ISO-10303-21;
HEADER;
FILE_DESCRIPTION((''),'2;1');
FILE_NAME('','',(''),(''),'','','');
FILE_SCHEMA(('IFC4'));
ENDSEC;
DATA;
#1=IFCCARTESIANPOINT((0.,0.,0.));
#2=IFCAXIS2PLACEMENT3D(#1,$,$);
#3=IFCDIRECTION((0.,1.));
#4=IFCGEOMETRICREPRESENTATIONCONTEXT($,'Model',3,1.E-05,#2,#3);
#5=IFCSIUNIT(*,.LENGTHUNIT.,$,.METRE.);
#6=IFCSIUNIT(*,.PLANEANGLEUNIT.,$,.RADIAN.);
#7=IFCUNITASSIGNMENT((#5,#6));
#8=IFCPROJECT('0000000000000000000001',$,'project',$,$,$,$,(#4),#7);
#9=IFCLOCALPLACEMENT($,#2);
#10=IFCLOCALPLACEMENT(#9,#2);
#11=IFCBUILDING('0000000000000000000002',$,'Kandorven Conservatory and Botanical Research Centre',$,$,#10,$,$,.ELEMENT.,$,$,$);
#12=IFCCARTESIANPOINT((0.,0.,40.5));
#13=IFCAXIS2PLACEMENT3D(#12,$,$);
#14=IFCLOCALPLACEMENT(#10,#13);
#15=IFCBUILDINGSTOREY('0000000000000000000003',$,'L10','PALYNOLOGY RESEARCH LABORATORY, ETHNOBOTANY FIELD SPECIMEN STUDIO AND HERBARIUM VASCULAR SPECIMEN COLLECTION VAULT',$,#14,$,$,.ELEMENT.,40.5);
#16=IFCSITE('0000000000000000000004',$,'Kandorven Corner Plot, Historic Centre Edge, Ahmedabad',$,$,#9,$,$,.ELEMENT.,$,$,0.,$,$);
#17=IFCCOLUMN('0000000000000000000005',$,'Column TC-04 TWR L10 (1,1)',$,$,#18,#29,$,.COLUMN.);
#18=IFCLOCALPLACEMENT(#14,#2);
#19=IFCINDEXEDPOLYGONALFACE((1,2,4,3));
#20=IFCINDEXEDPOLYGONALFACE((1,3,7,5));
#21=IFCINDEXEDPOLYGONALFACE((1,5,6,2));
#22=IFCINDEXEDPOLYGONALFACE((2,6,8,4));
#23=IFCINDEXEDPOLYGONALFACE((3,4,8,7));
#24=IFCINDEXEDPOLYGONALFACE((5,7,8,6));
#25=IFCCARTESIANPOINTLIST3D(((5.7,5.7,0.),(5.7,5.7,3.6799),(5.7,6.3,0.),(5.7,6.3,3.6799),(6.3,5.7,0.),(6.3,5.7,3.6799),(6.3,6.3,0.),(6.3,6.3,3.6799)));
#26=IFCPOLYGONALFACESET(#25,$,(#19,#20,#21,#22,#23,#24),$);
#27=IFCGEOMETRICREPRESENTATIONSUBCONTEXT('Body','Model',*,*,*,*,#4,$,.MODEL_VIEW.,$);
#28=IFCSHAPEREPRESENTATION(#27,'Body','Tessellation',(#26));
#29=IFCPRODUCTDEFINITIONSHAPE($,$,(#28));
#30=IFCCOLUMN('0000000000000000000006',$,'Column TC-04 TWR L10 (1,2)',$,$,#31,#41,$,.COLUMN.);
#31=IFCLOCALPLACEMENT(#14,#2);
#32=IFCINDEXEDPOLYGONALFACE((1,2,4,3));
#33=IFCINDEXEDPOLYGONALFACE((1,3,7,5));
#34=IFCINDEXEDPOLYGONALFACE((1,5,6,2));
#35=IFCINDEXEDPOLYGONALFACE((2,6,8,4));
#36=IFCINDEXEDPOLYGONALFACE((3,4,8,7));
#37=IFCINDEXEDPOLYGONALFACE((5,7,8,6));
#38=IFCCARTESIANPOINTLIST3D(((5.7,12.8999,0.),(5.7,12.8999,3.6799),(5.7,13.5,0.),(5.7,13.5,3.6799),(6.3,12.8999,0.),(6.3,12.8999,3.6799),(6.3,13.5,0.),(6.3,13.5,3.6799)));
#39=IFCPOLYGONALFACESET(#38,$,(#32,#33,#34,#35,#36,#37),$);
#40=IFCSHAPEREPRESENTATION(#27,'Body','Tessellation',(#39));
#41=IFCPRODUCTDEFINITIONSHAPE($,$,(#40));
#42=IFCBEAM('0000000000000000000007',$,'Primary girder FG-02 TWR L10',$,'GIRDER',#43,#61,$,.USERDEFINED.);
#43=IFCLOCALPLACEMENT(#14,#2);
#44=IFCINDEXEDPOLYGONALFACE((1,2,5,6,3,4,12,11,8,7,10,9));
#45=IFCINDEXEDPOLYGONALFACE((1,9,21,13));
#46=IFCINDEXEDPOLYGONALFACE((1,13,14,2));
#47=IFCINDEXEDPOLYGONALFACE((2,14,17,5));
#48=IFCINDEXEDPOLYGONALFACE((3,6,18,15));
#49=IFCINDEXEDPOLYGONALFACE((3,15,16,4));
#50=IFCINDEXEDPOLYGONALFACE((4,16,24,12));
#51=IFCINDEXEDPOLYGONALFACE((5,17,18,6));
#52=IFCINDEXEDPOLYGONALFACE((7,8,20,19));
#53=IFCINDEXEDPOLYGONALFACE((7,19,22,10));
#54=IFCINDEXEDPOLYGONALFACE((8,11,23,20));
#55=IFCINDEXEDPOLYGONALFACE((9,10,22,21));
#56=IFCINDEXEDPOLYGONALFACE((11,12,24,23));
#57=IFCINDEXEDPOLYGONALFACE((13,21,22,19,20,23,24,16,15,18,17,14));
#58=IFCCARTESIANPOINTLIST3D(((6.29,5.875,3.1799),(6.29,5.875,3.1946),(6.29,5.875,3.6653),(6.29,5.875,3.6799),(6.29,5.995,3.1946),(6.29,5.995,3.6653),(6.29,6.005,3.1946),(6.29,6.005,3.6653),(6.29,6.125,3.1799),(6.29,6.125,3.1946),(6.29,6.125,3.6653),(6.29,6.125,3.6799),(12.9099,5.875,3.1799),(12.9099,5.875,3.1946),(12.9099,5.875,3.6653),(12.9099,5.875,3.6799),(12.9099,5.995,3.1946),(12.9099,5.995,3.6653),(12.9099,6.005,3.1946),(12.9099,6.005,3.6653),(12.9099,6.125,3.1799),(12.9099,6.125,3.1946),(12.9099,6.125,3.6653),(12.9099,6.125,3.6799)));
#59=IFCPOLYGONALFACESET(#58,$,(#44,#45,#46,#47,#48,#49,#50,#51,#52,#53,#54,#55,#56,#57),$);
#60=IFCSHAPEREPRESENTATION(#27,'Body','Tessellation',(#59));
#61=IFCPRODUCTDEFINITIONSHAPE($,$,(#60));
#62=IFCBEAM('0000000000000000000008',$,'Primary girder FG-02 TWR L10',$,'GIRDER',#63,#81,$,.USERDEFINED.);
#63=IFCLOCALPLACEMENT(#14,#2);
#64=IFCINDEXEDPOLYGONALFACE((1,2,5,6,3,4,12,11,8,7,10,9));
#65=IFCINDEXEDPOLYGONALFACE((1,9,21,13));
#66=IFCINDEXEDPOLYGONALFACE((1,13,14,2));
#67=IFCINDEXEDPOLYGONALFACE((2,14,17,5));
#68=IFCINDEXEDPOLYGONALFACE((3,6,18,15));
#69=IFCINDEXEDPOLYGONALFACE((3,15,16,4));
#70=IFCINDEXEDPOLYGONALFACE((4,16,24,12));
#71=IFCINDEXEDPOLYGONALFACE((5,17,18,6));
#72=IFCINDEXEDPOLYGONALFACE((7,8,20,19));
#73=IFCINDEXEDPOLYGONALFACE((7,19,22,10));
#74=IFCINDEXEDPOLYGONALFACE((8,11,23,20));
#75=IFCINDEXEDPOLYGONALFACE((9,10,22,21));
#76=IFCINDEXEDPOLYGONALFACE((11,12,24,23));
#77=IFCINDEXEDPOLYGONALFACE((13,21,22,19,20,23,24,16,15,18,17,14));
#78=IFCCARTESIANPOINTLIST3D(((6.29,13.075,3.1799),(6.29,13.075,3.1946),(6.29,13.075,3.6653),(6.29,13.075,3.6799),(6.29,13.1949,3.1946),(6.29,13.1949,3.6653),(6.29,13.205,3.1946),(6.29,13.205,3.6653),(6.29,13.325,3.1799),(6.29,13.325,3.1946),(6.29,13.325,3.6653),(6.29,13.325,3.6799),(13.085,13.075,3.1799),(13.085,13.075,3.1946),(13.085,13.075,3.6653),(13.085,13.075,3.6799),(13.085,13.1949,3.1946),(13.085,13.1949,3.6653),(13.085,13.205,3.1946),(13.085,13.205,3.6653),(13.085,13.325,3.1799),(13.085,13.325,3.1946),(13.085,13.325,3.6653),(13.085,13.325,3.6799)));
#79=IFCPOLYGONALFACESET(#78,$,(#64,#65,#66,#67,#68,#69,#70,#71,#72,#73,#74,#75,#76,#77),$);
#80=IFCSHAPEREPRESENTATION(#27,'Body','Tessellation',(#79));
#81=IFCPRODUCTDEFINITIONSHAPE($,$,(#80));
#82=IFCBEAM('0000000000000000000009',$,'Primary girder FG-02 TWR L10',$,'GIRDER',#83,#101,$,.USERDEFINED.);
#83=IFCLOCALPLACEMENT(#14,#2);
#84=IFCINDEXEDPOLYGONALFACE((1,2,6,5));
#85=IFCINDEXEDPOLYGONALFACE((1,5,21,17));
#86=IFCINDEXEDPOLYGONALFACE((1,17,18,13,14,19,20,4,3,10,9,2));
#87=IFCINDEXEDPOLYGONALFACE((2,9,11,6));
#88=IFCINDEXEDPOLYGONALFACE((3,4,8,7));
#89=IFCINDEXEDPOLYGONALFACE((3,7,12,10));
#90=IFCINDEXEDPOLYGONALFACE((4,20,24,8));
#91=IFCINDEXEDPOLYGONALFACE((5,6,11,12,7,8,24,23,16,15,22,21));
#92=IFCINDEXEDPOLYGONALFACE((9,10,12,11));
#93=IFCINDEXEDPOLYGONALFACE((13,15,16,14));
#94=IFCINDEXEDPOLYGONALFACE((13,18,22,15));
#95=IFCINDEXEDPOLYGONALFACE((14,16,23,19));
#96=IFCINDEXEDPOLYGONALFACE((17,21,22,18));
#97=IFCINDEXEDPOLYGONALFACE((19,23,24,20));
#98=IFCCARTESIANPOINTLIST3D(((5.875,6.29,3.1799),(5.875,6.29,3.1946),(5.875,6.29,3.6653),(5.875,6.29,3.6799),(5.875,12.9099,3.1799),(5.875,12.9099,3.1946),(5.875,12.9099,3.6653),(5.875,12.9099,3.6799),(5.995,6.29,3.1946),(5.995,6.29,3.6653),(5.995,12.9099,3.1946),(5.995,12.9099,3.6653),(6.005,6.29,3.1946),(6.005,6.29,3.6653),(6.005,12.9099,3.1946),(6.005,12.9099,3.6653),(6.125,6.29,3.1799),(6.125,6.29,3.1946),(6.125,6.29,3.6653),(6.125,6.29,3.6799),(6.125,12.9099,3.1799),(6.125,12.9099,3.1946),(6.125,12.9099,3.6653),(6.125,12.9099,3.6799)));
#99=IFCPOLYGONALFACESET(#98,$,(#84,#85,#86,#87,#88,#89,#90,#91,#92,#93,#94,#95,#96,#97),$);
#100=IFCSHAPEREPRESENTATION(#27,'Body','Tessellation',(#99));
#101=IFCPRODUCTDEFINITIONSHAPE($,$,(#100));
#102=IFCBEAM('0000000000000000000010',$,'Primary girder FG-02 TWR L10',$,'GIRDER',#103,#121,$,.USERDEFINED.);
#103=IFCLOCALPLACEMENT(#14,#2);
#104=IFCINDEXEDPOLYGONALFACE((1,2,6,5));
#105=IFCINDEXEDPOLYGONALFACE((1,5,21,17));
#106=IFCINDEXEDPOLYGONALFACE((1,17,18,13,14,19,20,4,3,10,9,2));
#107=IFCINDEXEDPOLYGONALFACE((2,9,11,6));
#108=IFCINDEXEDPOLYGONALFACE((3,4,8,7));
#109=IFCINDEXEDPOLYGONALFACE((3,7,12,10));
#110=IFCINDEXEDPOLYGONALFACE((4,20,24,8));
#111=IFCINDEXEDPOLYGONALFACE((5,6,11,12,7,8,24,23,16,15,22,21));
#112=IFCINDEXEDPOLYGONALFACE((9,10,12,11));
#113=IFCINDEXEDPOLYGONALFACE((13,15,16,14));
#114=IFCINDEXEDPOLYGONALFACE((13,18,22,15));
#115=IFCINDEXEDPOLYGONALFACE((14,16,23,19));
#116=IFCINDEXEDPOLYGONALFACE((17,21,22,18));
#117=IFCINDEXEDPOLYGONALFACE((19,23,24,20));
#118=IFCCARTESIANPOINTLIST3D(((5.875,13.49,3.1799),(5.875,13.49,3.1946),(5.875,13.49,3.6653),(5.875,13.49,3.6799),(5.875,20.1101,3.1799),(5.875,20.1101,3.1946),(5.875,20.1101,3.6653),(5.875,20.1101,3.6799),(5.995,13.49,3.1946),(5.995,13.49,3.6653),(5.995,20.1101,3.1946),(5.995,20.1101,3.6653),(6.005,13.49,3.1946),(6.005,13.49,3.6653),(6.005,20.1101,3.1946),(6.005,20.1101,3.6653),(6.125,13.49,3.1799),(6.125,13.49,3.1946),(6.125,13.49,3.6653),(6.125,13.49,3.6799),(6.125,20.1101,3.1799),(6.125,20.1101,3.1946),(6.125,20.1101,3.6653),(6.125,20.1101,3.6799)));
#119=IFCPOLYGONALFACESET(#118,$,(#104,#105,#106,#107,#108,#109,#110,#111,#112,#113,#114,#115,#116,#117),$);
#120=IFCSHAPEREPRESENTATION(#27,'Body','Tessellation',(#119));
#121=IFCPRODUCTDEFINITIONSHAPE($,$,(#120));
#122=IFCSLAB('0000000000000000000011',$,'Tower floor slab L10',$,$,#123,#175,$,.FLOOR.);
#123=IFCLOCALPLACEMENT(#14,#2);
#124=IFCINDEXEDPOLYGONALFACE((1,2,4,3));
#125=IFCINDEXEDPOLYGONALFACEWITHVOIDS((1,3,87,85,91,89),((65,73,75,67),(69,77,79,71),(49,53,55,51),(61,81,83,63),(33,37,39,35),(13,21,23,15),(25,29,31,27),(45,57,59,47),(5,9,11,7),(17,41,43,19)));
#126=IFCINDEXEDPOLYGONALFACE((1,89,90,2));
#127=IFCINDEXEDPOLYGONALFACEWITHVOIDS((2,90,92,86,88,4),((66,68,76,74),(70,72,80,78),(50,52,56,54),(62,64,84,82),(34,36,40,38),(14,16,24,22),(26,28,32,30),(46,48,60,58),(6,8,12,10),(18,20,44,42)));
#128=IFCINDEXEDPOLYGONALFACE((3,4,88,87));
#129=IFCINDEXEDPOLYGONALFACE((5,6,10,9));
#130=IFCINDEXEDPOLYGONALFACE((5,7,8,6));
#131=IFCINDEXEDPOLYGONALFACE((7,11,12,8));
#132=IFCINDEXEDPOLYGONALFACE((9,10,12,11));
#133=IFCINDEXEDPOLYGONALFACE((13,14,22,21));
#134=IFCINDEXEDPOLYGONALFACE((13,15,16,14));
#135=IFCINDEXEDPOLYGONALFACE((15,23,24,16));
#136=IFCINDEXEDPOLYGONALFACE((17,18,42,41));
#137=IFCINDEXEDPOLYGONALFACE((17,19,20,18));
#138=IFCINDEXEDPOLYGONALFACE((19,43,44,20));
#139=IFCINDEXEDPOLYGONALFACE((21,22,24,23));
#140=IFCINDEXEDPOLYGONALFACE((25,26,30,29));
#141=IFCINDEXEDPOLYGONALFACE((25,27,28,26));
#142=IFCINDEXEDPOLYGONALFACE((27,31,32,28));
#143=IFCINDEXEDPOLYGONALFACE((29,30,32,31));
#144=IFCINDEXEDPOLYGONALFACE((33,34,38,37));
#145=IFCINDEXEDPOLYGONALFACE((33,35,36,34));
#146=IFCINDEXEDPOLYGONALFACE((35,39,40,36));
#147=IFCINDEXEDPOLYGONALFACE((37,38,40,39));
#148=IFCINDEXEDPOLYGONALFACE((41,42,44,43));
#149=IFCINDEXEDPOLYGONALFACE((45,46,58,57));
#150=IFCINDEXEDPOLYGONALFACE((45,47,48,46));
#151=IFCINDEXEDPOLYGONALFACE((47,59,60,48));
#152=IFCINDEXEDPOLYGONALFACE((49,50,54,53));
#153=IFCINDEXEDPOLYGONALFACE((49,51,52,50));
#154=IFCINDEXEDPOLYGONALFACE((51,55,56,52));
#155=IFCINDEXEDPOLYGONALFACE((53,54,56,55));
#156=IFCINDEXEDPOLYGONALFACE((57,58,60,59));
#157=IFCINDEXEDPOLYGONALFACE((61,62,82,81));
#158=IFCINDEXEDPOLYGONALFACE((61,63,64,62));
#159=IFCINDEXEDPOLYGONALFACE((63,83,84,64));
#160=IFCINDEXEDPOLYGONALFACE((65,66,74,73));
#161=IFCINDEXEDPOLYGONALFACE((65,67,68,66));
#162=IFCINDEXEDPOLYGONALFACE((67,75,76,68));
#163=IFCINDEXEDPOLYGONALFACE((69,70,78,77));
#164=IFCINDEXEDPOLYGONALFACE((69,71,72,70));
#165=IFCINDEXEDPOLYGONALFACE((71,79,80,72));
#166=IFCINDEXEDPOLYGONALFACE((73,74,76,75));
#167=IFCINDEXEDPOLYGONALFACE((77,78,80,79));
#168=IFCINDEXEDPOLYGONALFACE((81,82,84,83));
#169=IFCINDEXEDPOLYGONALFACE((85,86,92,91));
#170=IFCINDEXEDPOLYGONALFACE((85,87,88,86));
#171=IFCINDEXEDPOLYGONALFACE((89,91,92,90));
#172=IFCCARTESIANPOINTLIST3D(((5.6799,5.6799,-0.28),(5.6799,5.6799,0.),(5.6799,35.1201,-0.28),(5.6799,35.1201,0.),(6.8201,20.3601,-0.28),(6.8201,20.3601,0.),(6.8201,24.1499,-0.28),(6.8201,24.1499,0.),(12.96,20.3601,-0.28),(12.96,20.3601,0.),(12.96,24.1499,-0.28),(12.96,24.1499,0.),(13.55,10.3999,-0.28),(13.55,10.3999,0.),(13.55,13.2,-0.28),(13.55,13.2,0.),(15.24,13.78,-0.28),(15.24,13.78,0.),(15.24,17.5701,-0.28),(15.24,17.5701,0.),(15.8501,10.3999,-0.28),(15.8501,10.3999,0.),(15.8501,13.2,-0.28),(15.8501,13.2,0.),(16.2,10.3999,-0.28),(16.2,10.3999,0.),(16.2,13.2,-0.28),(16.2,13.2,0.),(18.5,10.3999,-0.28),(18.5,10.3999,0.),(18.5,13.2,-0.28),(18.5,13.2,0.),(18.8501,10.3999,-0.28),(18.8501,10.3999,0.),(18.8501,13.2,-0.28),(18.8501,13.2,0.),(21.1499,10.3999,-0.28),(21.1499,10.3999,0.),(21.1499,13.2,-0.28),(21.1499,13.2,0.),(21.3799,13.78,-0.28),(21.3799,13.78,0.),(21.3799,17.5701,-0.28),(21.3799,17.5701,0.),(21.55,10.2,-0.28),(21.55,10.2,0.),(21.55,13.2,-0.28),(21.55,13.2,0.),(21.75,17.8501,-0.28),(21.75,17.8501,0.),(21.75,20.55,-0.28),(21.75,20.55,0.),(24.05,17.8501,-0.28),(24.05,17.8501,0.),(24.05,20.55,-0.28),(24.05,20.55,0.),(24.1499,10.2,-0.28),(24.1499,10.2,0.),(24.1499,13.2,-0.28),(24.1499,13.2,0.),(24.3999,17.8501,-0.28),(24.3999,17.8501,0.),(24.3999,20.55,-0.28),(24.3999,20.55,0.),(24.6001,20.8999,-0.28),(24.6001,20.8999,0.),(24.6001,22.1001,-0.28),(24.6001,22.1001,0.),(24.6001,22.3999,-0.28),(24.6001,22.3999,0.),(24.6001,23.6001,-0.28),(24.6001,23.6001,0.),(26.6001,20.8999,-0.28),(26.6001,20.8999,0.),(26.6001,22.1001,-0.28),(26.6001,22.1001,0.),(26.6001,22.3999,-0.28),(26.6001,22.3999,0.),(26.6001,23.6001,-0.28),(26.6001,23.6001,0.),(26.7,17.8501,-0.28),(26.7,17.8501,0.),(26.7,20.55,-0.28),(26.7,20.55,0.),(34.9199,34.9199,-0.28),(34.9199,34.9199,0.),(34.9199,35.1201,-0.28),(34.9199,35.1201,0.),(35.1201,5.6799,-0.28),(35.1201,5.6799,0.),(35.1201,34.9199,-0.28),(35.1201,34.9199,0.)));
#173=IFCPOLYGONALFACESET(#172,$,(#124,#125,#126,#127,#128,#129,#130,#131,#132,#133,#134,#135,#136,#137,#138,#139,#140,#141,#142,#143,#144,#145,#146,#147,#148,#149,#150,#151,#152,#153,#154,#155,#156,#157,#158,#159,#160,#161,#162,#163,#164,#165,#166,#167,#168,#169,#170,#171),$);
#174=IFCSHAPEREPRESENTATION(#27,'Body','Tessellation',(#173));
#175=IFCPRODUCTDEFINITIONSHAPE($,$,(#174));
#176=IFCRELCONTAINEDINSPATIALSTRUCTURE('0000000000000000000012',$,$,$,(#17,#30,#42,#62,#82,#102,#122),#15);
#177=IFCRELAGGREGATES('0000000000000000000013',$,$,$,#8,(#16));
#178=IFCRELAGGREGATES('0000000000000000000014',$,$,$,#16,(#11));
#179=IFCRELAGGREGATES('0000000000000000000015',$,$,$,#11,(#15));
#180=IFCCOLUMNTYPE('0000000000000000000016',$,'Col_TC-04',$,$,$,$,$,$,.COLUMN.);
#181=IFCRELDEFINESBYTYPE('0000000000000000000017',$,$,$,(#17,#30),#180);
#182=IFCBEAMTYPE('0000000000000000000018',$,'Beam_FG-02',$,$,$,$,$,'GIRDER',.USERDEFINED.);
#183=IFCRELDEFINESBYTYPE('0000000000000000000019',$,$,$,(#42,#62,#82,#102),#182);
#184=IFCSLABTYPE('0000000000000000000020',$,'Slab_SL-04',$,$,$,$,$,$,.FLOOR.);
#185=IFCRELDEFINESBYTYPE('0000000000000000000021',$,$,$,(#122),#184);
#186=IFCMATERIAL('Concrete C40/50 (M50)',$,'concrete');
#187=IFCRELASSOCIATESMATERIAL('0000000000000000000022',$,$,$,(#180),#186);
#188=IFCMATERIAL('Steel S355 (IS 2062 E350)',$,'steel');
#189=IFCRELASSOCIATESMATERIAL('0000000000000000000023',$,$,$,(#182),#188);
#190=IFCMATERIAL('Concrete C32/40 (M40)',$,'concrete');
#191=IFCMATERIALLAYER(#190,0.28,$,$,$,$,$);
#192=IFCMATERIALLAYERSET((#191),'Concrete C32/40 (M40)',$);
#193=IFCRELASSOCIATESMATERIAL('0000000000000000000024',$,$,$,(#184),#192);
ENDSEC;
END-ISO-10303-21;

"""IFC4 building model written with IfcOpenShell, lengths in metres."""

from ifc_helpers import new_model, si_unit, direction, frame, origin, origin_2d, place, context, subcontext, project, spatial, polyline, rectangle, i_section, outline, extrude, material, layer, layer_set, material_profile, profile_set, type_object, element, save


model = new_model("IFC4")

# Units and contexts
model_context = context("Model", 3, precision=1e-05, world=origin(), true_north=direction((0.0, 1.0)))
body_context = subcontext(model_context, "Body", "Model", "MODEL_VIEW")
ifc_project = project(units=[si_unit("LENGTHUNIT", "METRE"), si_unit("PLANEANGLEUNIT", "RADIAN")], contexts=[model_context])

# Site, building, storey
site_placement = place(None, origin())
site = spatial("IfcSite", under=ifc_project, at=site_placement, Name="Kandorven Corner Plot, Historic Centre Edge, Ahmedabad", CompositionType="ELEMENT", RefElevation=0.0)
building_placement = place(site_placement, origin())
building = spatial("IfcBuilding", under=site, at=building_placement, Name="Kandorven Conservatory and Botanical Research Centre", CompositionType="ELEMENT")
storey_placement = place(building_placement, frame((0.0, 0.0, 40.5)))
storey = spatial("IfcBuildingStorey", under=building, at=storey_placement, Name="L10", Description="PALYNOLOGY RESEARCH LABORATORY, ETHNOBOTANY FIELD SPECIMEN STUDIO AND HERBARIUM VASCULAR SPECIMEN COLLECTION VAULT", CompositionType="ELEMENT", Elevation=40.5)

# Columns
ifc_material_1 = material(Name="Concrete C40/50 (M50)", Category="concrete")
ifc_material_profile_1 = material_profile(ifc_material_1, rectangle(XDim=0.6001, YDim=0.6001, at=origin_2d()))
ifc_profile_set_1 = profile_set([ifc_material_profile_1], Name="Concrete C40/50 (M50)")
column_type = type_object("IfcColumnType", Name="Col_TC-04", PredefinedType="COLUMN", material=ifc_profile_set_1)
for number, where, z_axis, x_axis, name in (
    (1, (6.0, 6.0, 0.0), (0.0, 0.0, 1.0), (1.0, 0.0, 0.0), "Column TC-04 TWR L10 (1,1)"),
    (2, (6.0, 13.2, 0.0), (0.0, 0.0, 1.0), (1.0, 0.0, 0.0), "Column TC-04 TWR L10 (1,2)"),
):
    element("IfcColumn", number, at=place(storey_placement, frame(where, z_axis=z_axis, x_axis=x_axis)), inside=storey, type_object=column_type, Name=name, PredefinedType="COLUMN", context=body_context, shape_type="SweptSolid", body=[
        extrude(rectangle(XDim=0.6001, YDim=0.6001, at=origin_2d()), origin(), (0.0, 0.0, 1.0), 3.6799),
    ])

# Beams
ifc_material_2 = material(Name="Steel S355 (IS 2062 E350)", Category="steel")
ifc_material_profile_2 = material_profile(ifc_material_2, i_section(OverallWidth=0.25, OverallDepth=0.5, WebThickness=0.01, FlangeThickness=0.0146, at=origin_2d()))
ifc_profile_set_2 = profile_set([ifc_material_profile_2], Name="Steel S355 (IS 2062 E350)")
beam_type = type_object("IfcBeamType", Name="Beam_FG-02", ElementType="GIRDER", PredefinedType="USERDEFINED", material=ifc_profile_set_2)
beam_1_placement = place(storey_placement, frame((6.29, 6.0, 3.4299), z_axis=(1.0, 0.0, 0.0), x_axis=(0.0, 1.0, 0.0)))
element("IfcBeam", 3, at=beam_1_placement, inside=storey, type_object=beam_type, Name="Primary girder FG-02 TWR L10", ObjectType="GIRDER", PredefinedType="USERDEFINED", context=body_context, shape_type="SweptSolid", body=[
    extrude(i_section(OverallWidth=0.25, OverallDepth=0.5, WebThickness=0.01, FlangeThickness=0.0146, at=origin_2d()), origin(), (0.0, 0.0, 1.0), 6.6199),
])
beam_2_placement = place(storey_placement, frame((6.29, 13.2, 3.4299), z_axis=(1.0, 0.0, 0.0), x_axis=(0.0, 1.0, 0.0)))
element("IfcBeam", 4, at=beam_2_placement, inside=storey, type_object=beam_type, Name="Primary girder FG-02 TWR L10", ObjectType="GIRDER", PredefinedType="USERDEFINED", context=body_context, shape_type="SweptSolid", body=[
    extrude(i_section(OverallWidth=0.25, OverallDepth=0.5, WebThickness=0.01, FlangeThickness=0.0146, at=origin_2d()), origin(), (0.0, 0.0, 1.0), 6.7949),
])
beam_3_placement = place(storey_placement, frame((6.0, 6.29, 3.4299), z_axis=(0.0, 1.0, 0.0), x_axis=(-1.0, 0.0, 0.0)))
element("IfcBeam", 5, at=beam_3_placement, inside=storey, type_object=beam_type, Name="Primary girder FG-02 TWR L10", ObjectType="GIRDER", PredefinedType="USERDEFINED", context=body_context, shape_type="SweptSolid", body=[
    extrude(i_section(OverallWidth=0.25, OverallDepth=0.5, WebThickness=0.01, FlangeThickness=0.0146, at=origin_2d()), origin(), (0.0, 0.0, 1.0), 6.6199),
])
beam_4_placement = place(storey_placement, frame((6.0, 13.49, 3.4299), z_axis=(0.0, 1.0, 0.0), x_axis=(-1.0, 0.0, 0.0)))
element("IfcBeam", 6, at=beam_4_placement, inside=storey, type_object=beam_type, Name="Primary girder FG-02 TWR L10", ObjectType="GIRDER", PredefinedType="USERDEFINED", context=body_context, shape_type="SweptSolid", body=[
    extrude(i_section(OverallWidth=0.25, OverallDepth=0.5, WebThickness=0.01, FlangeThickness=0.0146, at=origin_2d()), origin(), (0.0, 0.0, 1.0), 6.6201),
])

# Slab
ifc_material_3 = material(Name="Concrete C32/40 (M40)", Category="concrete")
ifc_layer_1 = layer(ifc_material_3, 0.28)
ifc_layer_set_1 = layer_set([ifc_layer_1], Name="Concrete C32/40 (M40)")
slab_type_1 = type_object("IfcSlabType", Name="Slab_SL-04", PredefinedType="FLOOR", material=ifc_layer_set_1)
slab_1_placement = place(storey_placement, frame((0.0, 0.0, -0.28)))
element("IfcSlab", 7, at=slab_1_placement, inside=storey, type_object=slab_type_1, Name="Tower floor slab L10", PredefinedType="FLOOR", context=body_context, shape_type="SweptSolid", body=[
    extrude(outline(polyline([(5.6799, 5.6799), (35.1201, 5.6799), (35.1201, 34.9199), (34.9199, 34.9199), (34.9199, 35.1201), (5.6799, 35.1201), (5.6799, 5.6799)]), holes=[polyline([(15.24, 13.78), (21.3799, 13.78), (21.3799, 17.5701), (15.24, 17.5701), (15.24, 13.78)]), polyline([(12.96, 24.1499), (6.8201, 24.1499), (6.8201, 20.3601), (12.96, 20.3601), (12.96, 24.1499)]), polyline([(21.75, 17.8501), (24.05, 17.8501), (24.05, 20.55), (21.75, 20.55), (21.75, 17.8501)]), polyline([(24.3999, 17.8501), (26.7, 17.8501), (26.7, 20.55), (24.3999, 20.55), (24.3999, 17.8501)]), polyline([(13.55, 10.3999), (15.8501, 10.3999), (15.8501, 13.2), (13.55, 13.2), (13.55, 10.3999)]), polyline([(16.2, 10.3999), (18.5, 10.3999), (18.5, 13.2), (16.2, 13.2), (16.2, 10.3999)]), polyline([(18.8501, 10.3999), (21.1499, 10.3999), (21.1499, 13.2), (18.8501, 13.2), (18.8501, 10.3999)]), polyline([(21.55, 10.2), (24.1499, 10.2), (24.1499, 13.2), (21.55, 13.2), (21.55, 10.2)]), polyline([(24.6001, 20.8999), (26.6001, 20.8999), (26.6001, 22.1001), (24.6001, 22.1001), (24.6001, 20.8999)]), polyline([(24.6001, 22.3999), (26.6001, 22.3999), (26.6001, 23.6001), (24.6001, 23.6001), (24.6001, 22.3999)])]), origin(), (0.0, 0.0, 1.0), 0.28),
])

save(model, "model.ifc")
